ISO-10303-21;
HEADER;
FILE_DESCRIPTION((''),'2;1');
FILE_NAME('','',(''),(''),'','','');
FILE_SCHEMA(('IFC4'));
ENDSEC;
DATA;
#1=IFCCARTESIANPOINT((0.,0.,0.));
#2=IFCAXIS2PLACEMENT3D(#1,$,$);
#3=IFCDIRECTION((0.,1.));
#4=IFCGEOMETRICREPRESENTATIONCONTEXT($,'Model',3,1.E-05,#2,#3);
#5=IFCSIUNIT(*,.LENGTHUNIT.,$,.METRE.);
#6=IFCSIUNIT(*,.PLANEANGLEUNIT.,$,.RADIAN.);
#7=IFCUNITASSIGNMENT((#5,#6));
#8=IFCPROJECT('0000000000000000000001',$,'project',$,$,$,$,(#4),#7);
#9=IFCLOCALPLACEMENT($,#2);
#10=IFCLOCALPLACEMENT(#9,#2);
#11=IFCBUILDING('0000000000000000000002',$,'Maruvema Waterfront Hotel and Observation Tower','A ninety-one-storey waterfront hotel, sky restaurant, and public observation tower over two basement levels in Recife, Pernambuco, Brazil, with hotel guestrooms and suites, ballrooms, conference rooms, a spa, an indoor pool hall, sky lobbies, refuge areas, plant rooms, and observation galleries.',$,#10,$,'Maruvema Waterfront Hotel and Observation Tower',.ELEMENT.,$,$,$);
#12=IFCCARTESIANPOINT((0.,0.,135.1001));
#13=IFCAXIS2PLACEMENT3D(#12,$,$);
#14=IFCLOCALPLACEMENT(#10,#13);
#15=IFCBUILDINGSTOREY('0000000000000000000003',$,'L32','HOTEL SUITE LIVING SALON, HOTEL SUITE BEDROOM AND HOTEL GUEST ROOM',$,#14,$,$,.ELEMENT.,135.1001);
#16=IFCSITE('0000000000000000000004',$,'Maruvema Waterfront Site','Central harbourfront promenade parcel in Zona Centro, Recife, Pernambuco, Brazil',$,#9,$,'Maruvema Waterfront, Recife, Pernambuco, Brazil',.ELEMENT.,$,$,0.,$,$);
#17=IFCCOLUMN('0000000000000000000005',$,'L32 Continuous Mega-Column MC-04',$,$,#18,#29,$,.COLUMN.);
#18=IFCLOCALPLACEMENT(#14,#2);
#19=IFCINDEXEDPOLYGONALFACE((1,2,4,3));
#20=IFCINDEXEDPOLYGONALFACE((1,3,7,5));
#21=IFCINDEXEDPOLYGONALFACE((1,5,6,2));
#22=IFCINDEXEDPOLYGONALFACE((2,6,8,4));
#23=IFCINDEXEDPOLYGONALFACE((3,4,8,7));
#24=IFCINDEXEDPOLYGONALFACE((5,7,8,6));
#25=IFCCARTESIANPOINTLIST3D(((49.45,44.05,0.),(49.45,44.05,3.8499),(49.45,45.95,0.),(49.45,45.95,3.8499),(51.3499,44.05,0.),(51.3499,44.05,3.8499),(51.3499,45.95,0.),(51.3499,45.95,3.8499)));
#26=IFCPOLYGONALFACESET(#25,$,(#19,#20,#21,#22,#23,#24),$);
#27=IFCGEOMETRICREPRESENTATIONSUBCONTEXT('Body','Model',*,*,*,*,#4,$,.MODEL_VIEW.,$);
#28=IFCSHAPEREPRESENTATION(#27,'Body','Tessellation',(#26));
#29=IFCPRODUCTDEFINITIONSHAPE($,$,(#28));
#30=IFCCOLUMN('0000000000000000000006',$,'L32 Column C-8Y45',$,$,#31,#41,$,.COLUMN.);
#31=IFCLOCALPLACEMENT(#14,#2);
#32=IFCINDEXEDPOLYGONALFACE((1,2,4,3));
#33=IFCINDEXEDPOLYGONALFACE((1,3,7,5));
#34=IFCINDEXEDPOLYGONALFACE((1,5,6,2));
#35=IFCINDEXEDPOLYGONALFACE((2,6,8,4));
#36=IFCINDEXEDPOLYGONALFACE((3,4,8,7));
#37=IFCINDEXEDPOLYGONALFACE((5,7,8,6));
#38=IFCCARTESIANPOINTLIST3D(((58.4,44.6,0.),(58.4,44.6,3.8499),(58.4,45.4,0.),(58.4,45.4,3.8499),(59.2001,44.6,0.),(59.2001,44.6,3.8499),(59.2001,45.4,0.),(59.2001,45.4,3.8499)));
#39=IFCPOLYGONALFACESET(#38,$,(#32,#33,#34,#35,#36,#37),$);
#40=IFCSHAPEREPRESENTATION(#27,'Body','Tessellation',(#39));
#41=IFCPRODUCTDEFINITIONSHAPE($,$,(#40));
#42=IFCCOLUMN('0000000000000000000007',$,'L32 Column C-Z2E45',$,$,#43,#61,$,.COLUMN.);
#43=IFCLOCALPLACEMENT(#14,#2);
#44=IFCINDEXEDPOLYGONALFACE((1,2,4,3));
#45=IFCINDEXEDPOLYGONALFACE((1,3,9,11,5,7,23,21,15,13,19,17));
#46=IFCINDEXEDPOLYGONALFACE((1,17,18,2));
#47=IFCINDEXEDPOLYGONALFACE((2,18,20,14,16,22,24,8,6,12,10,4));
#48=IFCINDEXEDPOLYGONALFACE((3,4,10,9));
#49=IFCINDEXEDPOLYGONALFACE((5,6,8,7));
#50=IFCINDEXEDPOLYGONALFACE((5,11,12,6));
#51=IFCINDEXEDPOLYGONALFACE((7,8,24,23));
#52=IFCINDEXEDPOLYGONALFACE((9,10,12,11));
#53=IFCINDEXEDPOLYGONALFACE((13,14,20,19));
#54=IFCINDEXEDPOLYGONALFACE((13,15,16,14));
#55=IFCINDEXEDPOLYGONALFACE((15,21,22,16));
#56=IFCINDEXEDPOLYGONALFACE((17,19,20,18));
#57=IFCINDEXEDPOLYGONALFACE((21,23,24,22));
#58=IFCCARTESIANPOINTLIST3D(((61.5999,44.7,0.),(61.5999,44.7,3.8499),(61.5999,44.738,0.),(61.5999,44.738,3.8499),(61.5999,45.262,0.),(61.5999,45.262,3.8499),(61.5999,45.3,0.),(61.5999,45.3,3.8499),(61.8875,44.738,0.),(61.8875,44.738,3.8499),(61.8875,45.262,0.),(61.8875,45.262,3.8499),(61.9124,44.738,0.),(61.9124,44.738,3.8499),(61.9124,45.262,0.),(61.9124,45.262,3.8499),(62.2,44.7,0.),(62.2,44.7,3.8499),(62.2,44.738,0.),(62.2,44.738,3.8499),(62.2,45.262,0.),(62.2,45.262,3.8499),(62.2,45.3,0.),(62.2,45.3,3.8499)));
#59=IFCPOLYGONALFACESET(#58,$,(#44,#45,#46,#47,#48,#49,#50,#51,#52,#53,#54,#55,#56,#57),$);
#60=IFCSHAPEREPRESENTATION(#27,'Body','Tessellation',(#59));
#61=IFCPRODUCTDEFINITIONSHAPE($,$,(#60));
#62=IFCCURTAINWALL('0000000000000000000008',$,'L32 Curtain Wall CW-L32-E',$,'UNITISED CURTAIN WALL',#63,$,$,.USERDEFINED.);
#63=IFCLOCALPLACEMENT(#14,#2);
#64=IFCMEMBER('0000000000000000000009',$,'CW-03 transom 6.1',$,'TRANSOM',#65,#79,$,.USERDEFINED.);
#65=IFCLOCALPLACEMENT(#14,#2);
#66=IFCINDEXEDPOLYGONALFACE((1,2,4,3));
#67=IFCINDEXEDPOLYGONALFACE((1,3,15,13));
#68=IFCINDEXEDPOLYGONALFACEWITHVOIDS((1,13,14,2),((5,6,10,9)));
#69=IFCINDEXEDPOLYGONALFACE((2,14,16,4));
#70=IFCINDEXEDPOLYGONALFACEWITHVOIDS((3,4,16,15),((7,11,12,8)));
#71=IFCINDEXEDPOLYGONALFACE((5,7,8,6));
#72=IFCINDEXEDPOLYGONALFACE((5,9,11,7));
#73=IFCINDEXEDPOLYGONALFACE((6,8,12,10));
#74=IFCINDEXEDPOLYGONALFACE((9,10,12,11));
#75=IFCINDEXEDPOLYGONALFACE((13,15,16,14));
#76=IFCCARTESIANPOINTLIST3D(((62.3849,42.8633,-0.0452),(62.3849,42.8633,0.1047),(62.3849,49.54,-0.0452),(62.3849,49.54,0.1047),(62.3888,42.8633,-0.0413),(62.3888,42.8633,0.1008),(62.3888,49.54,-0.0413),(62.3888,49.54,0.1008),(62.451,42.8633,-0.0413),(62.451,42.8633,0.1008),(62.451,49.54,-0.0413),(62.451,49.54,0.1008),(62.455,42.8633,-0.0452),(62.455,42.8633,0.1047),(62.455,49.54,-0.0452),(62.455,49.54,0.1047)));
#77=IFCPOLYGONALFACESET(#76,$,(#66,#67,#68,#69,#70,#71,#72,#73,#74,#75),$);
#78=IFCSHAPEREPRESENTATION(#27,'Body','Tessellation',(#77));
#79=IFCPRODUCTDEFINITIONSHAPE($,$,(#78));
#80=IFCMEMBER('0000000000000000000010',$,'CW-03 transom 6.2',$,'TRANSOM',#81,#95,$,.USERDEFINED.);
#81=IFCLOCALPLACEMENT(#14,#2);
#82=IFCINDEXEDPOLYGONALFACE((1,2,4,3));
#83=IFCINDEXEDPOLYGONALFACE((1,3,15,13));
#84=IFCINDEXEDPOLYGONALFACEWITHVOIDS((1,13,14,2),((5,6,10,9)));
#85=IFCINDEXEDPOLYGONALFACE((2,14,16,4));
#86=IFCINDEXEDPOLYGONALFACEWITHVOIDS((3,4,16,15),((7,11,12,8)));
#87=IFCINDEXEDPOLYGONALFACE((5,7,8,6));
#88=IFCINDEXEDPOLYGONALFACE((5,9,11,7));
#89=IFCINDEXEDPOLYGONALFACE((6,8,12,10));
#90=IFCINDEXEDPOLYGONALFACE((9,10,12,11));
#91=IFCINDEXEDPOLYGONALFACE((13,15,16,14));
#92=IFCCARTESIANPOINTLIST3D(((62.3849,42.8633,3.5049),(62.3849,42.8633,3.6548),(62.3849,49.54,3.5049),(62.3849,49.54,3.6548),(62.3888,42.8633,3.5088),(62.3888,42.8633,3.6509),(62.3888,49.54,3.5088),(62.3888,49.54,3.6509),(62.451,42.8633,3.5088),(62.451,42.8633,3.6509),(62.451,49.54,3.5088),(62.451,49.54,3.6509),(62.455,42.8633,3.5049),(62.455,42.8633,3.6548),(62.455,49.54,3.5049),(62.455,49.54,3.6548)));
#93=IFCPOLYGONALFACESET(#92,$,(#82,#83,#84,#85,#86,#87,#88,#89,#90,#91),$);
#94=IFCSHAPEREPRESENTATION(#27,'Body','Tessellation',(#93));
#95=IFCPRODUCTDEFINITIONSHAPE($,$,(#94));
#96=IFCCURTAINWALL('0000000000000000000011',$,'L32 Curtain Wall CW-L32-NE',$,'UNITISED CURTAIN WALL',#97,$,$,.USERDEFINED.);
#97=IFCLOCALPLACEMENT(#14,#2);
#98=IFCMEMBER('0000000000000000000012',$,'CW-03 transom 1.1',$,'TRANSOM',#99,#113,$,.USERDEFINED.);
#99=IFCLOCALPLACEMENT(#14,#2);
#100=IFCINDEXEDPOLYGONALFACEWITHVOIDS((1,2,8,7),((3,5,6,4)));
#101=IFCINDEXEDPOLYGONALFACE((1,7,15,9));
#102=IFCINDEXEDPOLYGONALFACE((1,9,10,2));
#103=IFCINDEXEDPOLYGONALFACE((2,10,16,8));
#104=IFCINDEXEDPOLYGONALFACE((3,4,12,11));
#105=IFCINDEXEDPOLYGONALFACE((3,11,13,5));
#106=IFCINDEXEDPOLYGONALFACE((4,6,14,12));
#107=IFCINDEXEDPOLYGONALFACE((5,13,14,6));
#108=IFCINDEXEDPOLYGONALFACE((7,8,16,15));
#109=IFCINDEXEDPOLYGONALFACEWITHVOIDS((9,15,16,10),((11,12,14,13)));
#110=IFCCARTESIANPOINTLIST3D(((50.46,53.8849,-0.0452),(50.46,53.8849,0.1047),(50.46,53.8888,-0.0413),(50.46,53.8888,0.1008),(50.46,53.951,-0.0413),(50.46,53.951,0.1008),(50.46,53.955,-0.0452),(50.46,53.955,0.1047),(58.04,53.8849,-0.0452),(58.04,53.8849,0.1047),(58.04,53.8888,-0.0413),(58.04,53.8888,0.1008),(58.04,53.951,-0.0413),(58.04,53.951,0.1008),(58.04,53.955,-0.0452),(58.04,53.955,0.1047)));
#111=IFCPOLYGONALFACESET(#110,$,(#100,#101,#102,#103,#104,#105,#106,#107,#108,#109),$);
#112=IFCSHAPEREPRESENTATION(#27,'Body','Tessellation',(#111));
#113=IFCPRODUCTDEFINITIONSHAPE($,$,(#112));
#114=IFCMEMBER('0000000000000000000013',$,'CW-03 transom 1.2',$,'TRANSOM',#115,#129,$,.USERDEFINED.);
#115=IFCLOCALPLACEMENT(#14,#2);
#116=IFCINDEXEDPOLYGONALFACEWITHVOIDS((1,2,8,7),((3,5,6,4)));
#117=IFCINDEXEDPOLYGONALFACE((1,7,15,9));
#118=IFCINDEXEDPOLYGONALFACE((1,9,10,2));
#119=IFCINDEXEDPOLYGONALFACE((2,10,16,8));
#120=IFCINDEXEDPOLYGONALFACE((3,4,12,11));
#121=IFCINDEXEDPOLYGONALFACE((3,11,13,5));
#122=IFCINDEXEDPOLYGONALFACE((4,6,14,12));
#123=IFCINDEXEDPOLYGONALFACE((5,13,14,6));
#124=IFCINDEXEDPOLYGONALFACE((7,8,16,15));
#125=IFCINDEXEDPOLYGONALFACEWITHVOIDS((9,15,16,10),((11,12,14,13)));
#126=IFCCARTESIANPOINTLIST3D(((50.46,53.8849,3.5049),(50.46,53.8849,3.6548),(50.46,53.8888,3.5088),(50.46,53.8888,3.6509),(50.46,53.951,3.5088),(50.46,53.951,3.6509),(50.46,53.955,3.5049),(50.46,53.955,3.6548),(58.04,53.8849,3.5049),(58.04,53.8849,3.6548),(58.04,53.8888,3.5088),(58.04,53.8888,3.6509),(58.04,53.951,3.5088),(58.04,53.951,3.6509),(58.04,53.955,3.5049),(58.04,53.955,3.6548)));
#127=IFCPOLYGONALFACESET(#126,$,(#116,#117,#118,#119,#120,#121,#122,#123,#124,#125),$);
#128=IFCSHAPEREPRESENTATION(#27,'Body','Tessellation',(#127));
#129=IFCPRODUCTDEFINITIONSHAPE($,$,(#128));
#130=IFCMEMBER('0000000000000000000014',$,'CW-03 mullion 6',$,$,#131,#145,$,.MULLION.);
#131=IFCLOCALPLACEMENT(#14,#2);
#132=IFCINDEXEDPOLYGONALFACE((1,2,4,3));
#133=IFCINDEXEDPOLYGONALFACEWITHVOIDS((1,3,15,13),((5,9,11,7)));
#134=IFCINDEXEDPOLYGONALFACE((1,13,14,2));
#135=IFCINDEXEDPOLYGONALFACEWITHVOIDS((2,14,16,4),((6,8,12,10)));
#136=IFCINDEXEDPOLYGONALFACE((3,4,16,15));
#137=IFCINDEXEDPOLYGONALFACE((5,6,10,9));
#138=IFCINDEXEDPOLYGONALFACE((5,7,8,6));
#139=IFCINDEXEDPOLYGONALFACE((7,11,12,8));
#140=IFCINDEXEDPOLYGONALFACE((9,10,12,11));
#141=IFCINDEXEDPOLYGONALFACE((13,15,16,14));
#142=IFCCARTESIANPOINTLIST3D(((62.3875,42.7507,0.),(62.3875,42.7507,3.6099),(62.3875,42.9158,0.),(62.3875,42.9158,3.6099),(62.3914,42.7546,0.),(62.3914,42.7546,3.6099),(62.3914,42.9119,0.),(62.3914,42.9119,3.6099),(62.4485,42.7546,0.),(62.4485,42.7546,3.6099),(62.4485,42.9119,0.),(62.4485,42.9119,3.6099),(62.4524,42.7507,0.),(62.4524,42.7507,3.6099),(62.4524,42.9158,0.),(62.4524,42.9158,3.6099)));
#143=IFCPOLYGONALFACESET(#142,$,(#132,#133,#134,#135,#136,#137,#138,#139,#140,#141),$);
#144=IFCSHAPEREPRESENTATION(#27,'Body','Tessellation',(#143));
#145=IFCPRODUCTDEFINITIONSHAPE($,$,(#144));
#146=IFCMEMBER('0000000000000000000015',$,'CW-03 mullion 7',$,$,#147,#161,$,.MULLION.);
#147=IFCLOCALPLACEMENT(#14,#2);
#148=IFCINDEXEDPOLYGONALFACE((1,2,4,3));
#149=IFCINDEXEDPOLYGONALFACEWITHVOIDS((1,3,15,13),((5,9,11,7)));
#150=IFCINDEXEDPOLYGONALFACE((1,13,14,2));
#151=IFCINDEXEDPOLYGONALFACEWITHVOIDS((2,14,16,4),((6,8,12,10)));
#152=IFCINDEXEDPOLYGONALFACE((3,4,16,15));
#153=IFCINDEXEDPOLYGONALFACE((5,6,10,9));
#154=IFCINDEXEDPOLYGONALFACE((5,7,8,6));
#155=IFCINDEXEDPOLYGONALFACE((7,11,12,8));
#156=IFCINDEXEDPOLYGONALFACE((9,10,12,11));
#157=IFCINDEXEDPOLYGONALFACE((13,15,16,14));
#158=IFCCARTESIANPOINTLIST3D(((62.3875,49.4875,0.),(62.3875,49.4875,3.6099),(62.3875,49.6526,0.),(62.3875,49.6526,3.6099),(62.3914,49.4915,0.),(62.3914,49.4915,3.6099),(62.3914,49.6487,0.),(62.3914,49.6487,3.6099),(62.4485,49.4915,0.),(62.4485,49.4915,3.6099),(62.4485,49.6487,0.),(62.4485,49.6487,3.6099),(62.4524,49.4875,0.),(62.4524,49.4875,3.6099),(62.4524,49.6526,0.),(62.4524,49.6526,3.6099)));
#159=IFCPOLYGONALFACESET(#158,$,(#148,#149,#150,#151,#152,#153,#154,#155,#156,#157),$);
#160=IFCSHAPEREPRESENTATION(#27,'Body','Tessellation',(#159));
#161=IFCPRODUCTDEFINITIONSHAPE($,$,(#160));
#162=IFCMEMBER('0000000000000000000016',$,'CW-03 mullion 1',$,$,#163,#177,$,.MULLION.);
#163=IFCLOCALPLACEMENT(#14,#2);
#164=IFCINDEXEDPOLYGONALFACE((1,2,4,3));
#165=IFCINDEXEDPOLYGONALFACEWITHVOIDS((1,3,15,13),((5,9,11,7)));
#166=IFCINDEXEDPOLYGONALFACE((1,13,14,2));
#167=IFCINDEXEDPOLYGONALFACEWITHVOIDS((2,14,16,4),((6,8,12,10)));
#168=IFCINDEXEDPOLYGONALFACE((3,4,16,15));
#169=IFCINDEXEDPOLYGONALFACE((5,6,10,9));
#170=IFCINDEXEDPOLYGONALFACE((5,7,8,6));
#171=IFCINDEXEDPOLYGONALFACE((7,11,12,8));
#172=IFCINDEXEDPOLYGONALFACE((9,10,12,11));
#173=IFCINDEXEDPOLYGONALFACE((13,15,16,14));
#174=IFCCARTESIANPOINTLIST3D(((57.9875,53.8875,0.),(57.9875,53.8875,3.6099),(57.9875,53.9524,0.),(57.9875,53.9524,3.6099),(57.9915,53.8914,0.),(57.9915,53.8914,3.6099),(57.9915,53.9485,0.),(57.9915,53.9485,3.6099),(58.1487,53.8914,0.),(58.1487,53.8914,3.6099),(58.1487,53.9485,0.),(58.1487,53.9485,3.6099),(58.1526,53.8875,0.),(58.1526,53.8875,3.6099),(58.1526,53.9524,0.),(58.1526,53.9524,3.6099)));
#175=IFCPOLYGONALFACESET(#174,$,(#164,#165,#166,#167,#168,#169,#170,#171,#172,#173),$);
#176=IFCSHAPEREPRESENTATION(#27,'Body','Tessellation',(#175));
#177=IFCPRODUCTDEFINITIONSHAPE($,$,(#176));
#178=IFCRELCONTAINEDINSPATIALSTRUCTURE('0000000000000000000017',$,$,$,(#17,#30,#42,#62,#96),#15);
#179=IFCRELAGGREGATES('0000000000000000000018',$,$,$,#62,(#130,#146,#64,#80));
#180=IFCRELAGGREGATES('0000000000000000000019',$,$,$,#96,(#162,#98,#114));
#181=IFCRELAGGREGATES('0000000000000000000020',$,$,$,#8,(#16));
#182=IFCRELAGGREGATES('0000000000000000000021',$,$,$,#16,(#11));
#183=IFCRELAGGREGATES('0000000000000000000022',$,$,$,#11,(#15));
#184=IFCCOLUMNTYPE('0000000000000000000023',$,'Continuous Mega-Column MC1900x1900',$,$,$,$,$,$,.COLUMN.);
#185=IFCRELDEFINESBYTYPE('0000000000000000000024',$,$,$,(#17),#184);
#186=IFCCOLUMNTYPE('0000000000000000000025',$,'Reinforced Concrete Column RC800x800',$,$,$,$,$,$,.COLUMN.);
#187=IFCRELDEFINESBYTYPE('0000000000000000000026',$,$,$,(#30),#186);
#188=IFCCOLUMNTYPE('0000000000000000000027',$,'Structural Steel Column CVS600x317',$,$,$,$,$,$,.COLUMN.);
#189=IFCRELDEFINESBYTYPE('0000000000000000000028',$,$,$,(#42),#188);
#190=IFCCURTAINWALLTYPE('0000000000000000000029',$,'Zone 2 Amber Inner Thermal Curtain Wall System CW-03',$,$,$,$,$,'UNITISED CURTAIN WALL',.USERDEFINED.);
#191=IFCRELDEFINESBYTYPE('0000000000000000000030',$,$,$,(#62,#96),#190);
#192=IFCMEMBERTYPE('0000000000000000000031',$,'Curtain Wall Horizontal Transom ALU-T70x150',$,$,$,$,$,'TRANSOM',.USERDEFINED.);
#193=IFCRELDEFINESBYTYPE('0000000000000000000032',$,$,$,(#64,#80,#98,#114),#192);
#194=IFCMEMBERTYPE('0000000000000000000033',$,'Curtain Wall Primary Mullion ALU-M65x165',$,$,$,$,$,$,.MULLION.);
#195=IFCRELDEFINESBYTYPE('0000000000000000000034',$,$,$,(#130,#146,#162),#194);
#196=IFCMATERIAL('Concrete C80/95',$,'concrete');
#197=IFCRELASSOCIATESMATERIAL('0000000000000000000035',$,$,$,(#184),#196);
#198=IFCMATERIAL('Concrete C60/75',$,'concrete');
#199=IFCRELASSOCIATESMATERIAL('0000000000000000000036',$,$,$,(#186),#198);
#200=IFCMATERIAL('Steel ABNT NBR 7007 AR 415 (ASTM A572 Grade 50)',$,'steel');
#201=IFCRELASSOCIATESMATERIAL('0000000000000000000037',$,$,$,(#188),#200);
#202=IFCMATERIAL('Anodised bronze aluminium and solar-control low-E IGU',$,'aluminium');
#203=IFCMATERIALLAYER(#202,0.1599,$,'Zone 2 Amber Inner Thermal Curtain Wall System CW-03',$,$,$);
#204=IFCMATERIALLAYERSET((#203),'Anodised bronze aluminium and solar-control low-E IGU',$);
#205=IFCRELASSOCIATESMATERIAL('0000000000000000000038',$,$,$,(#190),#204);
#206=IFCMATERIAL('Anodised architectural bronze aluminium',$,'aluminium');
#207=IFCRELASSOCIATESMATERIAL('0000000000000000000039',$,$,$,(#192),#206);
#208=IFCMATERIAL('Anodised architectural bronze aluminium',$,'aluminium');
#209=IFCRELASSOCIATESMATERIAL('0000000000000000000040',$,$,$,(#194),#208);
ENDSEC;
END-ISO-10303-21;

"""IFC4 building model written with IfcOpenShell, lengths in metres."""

from ifc_helpers import new_model, si_unit, direction, frame, origin, origin_2d, place, context, subcontext, project, spatial, rectangle, hollow_rectangle, i_section, extrude, material, layer, layer_set, material_profile, profile_set, type_object, element, aggregate, save


model = new_model("IFC4")

# Units and contexts
model_context = context("Model", 3, precision=1e-05, world=origin(), true_north=direction((0.0, 1.0)))
body_context = subcontext(model_context, "Body", "Model", "MODEL_VIEW")
ifc_project = project(units=[si_unit("LENGTHUNIT", "METRE"), si_unit("PLANEANGLEUNIT", "RADIAN")], contexts=[model_context])

# Site, building, storey
site_placement = place(None, origin())
site = spatial("IfcSite", under=ifc_project, at=site_placement, Name="Maruvema Waterfront Site", Description="Central harbourfront promenade parcel in Zona Centro, Recife, Pernambuco, Brazil", LongName="Maruvema Waterfront, Recife, Pernambuco, Brazil", CompositionType="ELEMENT", RefElevation=0.0)
building_placement = place(site_placement, origin())
building = spatial("IfcBuilding", under=site, at=building_placement, Name="Maruvema Waterfront Hotel and Observation Tower", Description="A ninety-one-storey waterfront hotel, sky restaurant, and public observation tower over two basement levels in Recife, Pernambuco, Brazil, with hotel guestrooms and suites, ballrooms, conference rooms, a spa, an indoor pool hall, sky lobbies, refuge areas, plant rooms, and observation galleries.", LongName="Maruvema Waterfront Hotel and Observation Tower", CompositionType="ELEMENT")
storey_placement = place(building_placement, frame((0.0, 0.0, 135.1001)))
storey = spatial("IfcBuildingStorey", under=building, at=storey_placement, Name="L32", Description="HOTEL SUITE LIVING SALON, HOTEL SUITE BEDROOM AND HOTEL GUEST ROOM", CompositionType="ELEMENT", Elevation=135.1001)

# Columns
ifc_material_1 = material(Name="Concrete C80/95", Category="concrete")
ifc_material_profile_1 = material_profile(ifc_material_1, rectangle(XDim=1.8999, YDim=1.8999, at=origin_2d()), Name="MC1900x1900")
ifc_profile_set_1 = profile_set([ifc_material_profile_1], Name="Concrete C80/95")
column_type_1 = type_object("IfcColumnType", Name="Continuous Mega-Column MC1900x1900", PredefinedType="COLUMN", material=ifc_profile_set_1)
column_1_placement = place(storey_placement, frame((50.3999, 45.0, 0.0), z_axis=(0.0, 0.0, 1.0), x_axis=(1.0, 0.0, 0.0)))
element("IfcColumn", 1, at=column_1_placement, inside=storey, type_object=column_type_1, Name="L32 Continuous Mega-Column MC-04", PredefinedType="COLUMN", context=body_context, shape_type="SweptSolid", body=[
    extrude(rectangle(XDim=1.8999, YDim=1.8999, at=origin_2d()), origin(), (0.0, 0.0, 1.0), 3.8499),
])
ifc_material_2 = material(Name="Concrete C60/75", Category="concrete")
ifc_material_profile_2 = material_profile(ifc_material_2, rectangle(XDim=0.8, YDim=0.8, at=origin_2d()), Name="RC800x800")
ifc_profile_set_2 = profile_set([ifc_material_profile_2], Name="Concrete C60/75")
column_type_2 = type_object("IfcColumnType", Name="Reinforced Concrete Column RC800x800", PredefinedType="COLUMN", material=ifc_profile_set_2)
column_2_placement = place(storey_placement, frame((58.8, 45.0, 0.0), z_axis=(0.0, 0.0, 1.0), x_axis=(1.0, 0.0, 0.0)))
element("IfcColumn", 2, at=column_2_placement, inside=storey, type_object=column_type_2, Name="L32 Column C-8Y45", PredefinedType="COLUMN", context=body_context, shape_type="SweptSolid", body=[
    extrude(rectangle(XDim=0.8, YDim=0.8, at=origin_2d()), origin(), (0.0, 0.0, 1.0), 3.8499),
])
ifc_material_3 = material(Name="Steel ABNT NBR 7007 AR 415 (ASTM A572 Grade 50)", Category="steel")
ifc_material_profile_3 = material_profile(ifc_material_3, i_section(OverallWidth=0.6001, OverallDepth=0.6001, WebThickness=0.0249, FlangeThickness=0.0381, at=origin_2d()), Name="CVS600x317")
ifc_profile_set_3 = profile_set([ifc_material_profile_3], Name="Steel ABNT NBR 7007 AR 415 (ASTM A572 Grade 50)")
column_type_3 = type_object("IfcColumnType", Name="Structural Steel Column CVS600x317", PredefinedType="COLUMN", material=ifc_profile_set_3)
column_3_placement = place(storey_placement, frame((61.8999, 45.0, 0.0), z_axis=(0.0, 0.0, 1.0), x_axis=(1.0, 0.0, 0.0)))
element("IfcColumn", 3, at=column_3_placement, inside=storey, type_object=column_type_3, Name="L32 Column C-Z2E45", PredefinedType="COLUMN", context=body_context, shape_type="SweptSolid", body=[
    extrude(i_section(OverallWidth=0.6001, OverallDepth=0.6001, WebThickness=0.0249, FlangeThickness=0.0381, at=origin_2d()), origin(), (0.0, 0.0, 1.0), 3.8499),
])

# Curtain walls, members
ifc_material_4 = material(Name="Anodised bronze aluminium and solar-control low-E IGU", Category="aluminium")
ifc_layer_1 = layer(ifc_material_4, 0.1599, Name="Zone 2 Amber Inner Thermal Curtain Wall System CW-03")
ifc_layer_set_1 = layer_set([ifc_layer_1], Name="Anodised bronze aluminium and solar-control low-E IGU")
curtain_wall_type = type_object("IfcCurtainWallType", Name="Zone 2 Amber Inner Thermal Curtain Wall System CW-03", ElementType="UNITISED CURTAIN WALL", PredefinedType="USERDEFINED", material=ifc_layer_set_1)
curtain_wall_1_placement = place(storey_placement, origin())
curtain_wall_1 = element("IfcCurtainWall", 4, at=curtain_wall_1_placement, inside=storey, type_object=curtain_wall_type, Name="L32 Curtain Wall CW-L32-E", ObjectType="UNITISED CURTAIN WALL", PredefinedType="USERDEFINED")
ifc_material_5 = material(Name="Anodised architectural bronze aluminium", Category="aluminium")
ifc_material_profile_4 = material_profile(ifc_material_5, hollow_rectangle(XDim=0.0701, YDim=0.1499, WallThickness=0.0039, at=origin_2d()), Name="ALU-T70x150")
ifc_profile_set_4 = profile_set([ifc_material_profile_4], Name="Anodised architectural bronze aluminium")
member_type_1 = type_object("IfcMemberType", Name="Curtain Wall Horizontal Transom ALU-T70x150", ElementType="TRANSOM", PredefinedType="USERDEFINED", material=ifc_profile_set_4)
member_1_placement = place(storey_placement, frame((62.4199, 42.8633, 0.0298), z_axis=(0.0, 1.0, 0.0), x_axis=(-1.0, 0.0, 0.0)))
member_1 = element("IfcMember", 5, at=member_1_placement, type_object=member_type_1, Name="CW-03 transom 6.1", ObjectType="TRANSOM", PredefinedType="USERDEFINED", context=body_context, shape_type="SweptSolid", body=[
    extrude(hollow_rectangle(XDim=0.0701, YDim=0.1499, WallThickness=0.0039, at=origin_2d()), origin(), (0.0, 0.0, 1.0), 6.6768),
])
member_2_placement = place(storey_placement, frame((62.4199, 42.8633, 3.5798), z_axis=(0.0, 1.0, 0.0), x_axis=(-1.0, 0.0, 0.0)))
member_2 = element("IfcMember", 6, at=member_2_placement, type_object=member_type_1, Name="CW-03 transom 6.2", ObjectType="TRANSOM", PredefinedType="USERDEFINED", context=body_context, shape_type="SweptSolid", body=[
    extrude(hollow_rectangle(XDim=0.0701, YDim=0.1499, WallThickness=0.0039, at=origin_2d()), origin(), (0.0, 0.0, 1.0), 6.6768),
])
curtain_wall_2_placement = place(storey_placement, origin())
curtain_wall_2 = element("IfcCurtainWall", 7, at=curtain_wall_2_placement, inside=storey, type_object=curtain_wall_type, Name="L32 Curtain Wall CW-L32-NE", ObjectType="UNITISED CURTAIN WALL", PredefinedType="USERDEFINED")
member_3_placement = place(storey_placement, frame((58.04, 53.9199, 0.0298), z_axis=(-1.0, 0.0, 0.0), x_axis=(0.0, -1.0, 0.0)))
member_3 = element("IfcMember", 8, at=member_3_placement, type_object=member_type_1, Name="CW-03 transom 1.1", ObjectType="TRANSOM", PredefinedType="USERDEFINED", context=body_context, shape_type="SweptSolid", body=[
    extrude(hollow_rectangle(XDim=0.0701, YDim=0.1499, WallThickness=0.0039, at=origin_2d()), origin(), (0.0, 0.0, 1.0), 7.5801),
])
member_4_placement = place(storey_placement, frame((58.04, 53.9199, 3.5798), z_axis=(-1.0, 0.0, 0.0), x_axis=(0.0, -1.0, 0.0)))
member_4 = element("IfcMember", 9, at=member_4_placement, type_object=member_type_1, Name="CW-03 transom 1.2", ObjectType="TRANSOM", PredefinedType="USERDEFINED", context=body_context, shape_type="SweptSolid", body=[
    extrude(hollow_rectangle(XDim=0.0701, YDim=0.1499, WallThickness=0.0039, at=origin_2d()), origin(), (0.0, 0.0, 1.0), 7.5801),
])

# Members
ifc_material_6 = material(Name="Anodised architectural bronze aluminium", Category="aluminium")
ifc_material_profile_5 = material_profile(ifc_material_6, hollow_rectangle(XDim=0.0649, YDim=0.165, WallThickness=0.0039, at=origin_2d()), Name="ALU-M65x165")
ifc_profile_set_5 = profile_set([ifc_material_profile_5], Name="Anodised architectural bronze aluminium")
member_type_2 = type_object("IfcMemberType", Name="Curtain Wall Primary Mullion ALU-M65x165", PredefinedType="MULLION", material=ifc_profile_set_5)
member_5_placement = place(storey_placement, frame((62.4199, 42.8333, 0.0), z_axis=(0.0, 0.0, 1.0), x_axis=(-1.0, 0.0, 0.0)))
member_5 = element("IfcMember", 10, at=member_5_placement, type_object=member_type_2, Name="CW-03 mullion 6", PredefinedType="MULLION", context=body_context, shape_type="SweptSolid", body=[
    extrude(hollow_rectangle(XDim=0.0649, YDim=0.165, WallThickness=0.0039, at=origin_2d()), origin(), (0.0, 0.0, 1.0), 3.6099),
])
member_6_placement = place(storey_placement, frame((62.4199, 49.5701, 0.0), z_axis=(0.0, 0.0, 1.0), x_axis=(-1.0, 0.0, 0.0)))
member_6 = element("IfcMember", 11, at=member_6_placement, type_object=member_type_2, Name="CW-03 mullion 7", PredefinedType="MULLION", context=body_context, shape_type="SweptSolid", body=[
    extrude(hollow_rectangle(XDim=0.0649, YDim=0.165, WallThickness=0.0039, at=origin_2d()), origin(), (0.0, 0.0, 1.0), 3.6099),
])
member_7_placement = place(storey_placement, frame((58.0701, 53.9199, 0.0), z_axis=(0.0, 0.0, 1.0), x_axis=(0.0, -1.0, 0.0)))
member_7 = element("IfcMember", 12, at=member_7_placement, type_object=member_type_2, Name="CW-03 mullion 1", PredefinedType="MULLION", context=body_context, shape_type="SweptSolid", body=[
    extrude(hollow_rectangle(XDim=0.0649, YDim=0.165, WallThickness=0.0039, at=origin_2d()), origin(), (0.0, 0.0, 1.0), 3.6099),
])

aggregate(curtain_wall_1, [member_5, member_6, member_1, member_2])
aggregate(curtain_wall_2, [member_7, member_3, member_4])

save(model, "model.ifc")
